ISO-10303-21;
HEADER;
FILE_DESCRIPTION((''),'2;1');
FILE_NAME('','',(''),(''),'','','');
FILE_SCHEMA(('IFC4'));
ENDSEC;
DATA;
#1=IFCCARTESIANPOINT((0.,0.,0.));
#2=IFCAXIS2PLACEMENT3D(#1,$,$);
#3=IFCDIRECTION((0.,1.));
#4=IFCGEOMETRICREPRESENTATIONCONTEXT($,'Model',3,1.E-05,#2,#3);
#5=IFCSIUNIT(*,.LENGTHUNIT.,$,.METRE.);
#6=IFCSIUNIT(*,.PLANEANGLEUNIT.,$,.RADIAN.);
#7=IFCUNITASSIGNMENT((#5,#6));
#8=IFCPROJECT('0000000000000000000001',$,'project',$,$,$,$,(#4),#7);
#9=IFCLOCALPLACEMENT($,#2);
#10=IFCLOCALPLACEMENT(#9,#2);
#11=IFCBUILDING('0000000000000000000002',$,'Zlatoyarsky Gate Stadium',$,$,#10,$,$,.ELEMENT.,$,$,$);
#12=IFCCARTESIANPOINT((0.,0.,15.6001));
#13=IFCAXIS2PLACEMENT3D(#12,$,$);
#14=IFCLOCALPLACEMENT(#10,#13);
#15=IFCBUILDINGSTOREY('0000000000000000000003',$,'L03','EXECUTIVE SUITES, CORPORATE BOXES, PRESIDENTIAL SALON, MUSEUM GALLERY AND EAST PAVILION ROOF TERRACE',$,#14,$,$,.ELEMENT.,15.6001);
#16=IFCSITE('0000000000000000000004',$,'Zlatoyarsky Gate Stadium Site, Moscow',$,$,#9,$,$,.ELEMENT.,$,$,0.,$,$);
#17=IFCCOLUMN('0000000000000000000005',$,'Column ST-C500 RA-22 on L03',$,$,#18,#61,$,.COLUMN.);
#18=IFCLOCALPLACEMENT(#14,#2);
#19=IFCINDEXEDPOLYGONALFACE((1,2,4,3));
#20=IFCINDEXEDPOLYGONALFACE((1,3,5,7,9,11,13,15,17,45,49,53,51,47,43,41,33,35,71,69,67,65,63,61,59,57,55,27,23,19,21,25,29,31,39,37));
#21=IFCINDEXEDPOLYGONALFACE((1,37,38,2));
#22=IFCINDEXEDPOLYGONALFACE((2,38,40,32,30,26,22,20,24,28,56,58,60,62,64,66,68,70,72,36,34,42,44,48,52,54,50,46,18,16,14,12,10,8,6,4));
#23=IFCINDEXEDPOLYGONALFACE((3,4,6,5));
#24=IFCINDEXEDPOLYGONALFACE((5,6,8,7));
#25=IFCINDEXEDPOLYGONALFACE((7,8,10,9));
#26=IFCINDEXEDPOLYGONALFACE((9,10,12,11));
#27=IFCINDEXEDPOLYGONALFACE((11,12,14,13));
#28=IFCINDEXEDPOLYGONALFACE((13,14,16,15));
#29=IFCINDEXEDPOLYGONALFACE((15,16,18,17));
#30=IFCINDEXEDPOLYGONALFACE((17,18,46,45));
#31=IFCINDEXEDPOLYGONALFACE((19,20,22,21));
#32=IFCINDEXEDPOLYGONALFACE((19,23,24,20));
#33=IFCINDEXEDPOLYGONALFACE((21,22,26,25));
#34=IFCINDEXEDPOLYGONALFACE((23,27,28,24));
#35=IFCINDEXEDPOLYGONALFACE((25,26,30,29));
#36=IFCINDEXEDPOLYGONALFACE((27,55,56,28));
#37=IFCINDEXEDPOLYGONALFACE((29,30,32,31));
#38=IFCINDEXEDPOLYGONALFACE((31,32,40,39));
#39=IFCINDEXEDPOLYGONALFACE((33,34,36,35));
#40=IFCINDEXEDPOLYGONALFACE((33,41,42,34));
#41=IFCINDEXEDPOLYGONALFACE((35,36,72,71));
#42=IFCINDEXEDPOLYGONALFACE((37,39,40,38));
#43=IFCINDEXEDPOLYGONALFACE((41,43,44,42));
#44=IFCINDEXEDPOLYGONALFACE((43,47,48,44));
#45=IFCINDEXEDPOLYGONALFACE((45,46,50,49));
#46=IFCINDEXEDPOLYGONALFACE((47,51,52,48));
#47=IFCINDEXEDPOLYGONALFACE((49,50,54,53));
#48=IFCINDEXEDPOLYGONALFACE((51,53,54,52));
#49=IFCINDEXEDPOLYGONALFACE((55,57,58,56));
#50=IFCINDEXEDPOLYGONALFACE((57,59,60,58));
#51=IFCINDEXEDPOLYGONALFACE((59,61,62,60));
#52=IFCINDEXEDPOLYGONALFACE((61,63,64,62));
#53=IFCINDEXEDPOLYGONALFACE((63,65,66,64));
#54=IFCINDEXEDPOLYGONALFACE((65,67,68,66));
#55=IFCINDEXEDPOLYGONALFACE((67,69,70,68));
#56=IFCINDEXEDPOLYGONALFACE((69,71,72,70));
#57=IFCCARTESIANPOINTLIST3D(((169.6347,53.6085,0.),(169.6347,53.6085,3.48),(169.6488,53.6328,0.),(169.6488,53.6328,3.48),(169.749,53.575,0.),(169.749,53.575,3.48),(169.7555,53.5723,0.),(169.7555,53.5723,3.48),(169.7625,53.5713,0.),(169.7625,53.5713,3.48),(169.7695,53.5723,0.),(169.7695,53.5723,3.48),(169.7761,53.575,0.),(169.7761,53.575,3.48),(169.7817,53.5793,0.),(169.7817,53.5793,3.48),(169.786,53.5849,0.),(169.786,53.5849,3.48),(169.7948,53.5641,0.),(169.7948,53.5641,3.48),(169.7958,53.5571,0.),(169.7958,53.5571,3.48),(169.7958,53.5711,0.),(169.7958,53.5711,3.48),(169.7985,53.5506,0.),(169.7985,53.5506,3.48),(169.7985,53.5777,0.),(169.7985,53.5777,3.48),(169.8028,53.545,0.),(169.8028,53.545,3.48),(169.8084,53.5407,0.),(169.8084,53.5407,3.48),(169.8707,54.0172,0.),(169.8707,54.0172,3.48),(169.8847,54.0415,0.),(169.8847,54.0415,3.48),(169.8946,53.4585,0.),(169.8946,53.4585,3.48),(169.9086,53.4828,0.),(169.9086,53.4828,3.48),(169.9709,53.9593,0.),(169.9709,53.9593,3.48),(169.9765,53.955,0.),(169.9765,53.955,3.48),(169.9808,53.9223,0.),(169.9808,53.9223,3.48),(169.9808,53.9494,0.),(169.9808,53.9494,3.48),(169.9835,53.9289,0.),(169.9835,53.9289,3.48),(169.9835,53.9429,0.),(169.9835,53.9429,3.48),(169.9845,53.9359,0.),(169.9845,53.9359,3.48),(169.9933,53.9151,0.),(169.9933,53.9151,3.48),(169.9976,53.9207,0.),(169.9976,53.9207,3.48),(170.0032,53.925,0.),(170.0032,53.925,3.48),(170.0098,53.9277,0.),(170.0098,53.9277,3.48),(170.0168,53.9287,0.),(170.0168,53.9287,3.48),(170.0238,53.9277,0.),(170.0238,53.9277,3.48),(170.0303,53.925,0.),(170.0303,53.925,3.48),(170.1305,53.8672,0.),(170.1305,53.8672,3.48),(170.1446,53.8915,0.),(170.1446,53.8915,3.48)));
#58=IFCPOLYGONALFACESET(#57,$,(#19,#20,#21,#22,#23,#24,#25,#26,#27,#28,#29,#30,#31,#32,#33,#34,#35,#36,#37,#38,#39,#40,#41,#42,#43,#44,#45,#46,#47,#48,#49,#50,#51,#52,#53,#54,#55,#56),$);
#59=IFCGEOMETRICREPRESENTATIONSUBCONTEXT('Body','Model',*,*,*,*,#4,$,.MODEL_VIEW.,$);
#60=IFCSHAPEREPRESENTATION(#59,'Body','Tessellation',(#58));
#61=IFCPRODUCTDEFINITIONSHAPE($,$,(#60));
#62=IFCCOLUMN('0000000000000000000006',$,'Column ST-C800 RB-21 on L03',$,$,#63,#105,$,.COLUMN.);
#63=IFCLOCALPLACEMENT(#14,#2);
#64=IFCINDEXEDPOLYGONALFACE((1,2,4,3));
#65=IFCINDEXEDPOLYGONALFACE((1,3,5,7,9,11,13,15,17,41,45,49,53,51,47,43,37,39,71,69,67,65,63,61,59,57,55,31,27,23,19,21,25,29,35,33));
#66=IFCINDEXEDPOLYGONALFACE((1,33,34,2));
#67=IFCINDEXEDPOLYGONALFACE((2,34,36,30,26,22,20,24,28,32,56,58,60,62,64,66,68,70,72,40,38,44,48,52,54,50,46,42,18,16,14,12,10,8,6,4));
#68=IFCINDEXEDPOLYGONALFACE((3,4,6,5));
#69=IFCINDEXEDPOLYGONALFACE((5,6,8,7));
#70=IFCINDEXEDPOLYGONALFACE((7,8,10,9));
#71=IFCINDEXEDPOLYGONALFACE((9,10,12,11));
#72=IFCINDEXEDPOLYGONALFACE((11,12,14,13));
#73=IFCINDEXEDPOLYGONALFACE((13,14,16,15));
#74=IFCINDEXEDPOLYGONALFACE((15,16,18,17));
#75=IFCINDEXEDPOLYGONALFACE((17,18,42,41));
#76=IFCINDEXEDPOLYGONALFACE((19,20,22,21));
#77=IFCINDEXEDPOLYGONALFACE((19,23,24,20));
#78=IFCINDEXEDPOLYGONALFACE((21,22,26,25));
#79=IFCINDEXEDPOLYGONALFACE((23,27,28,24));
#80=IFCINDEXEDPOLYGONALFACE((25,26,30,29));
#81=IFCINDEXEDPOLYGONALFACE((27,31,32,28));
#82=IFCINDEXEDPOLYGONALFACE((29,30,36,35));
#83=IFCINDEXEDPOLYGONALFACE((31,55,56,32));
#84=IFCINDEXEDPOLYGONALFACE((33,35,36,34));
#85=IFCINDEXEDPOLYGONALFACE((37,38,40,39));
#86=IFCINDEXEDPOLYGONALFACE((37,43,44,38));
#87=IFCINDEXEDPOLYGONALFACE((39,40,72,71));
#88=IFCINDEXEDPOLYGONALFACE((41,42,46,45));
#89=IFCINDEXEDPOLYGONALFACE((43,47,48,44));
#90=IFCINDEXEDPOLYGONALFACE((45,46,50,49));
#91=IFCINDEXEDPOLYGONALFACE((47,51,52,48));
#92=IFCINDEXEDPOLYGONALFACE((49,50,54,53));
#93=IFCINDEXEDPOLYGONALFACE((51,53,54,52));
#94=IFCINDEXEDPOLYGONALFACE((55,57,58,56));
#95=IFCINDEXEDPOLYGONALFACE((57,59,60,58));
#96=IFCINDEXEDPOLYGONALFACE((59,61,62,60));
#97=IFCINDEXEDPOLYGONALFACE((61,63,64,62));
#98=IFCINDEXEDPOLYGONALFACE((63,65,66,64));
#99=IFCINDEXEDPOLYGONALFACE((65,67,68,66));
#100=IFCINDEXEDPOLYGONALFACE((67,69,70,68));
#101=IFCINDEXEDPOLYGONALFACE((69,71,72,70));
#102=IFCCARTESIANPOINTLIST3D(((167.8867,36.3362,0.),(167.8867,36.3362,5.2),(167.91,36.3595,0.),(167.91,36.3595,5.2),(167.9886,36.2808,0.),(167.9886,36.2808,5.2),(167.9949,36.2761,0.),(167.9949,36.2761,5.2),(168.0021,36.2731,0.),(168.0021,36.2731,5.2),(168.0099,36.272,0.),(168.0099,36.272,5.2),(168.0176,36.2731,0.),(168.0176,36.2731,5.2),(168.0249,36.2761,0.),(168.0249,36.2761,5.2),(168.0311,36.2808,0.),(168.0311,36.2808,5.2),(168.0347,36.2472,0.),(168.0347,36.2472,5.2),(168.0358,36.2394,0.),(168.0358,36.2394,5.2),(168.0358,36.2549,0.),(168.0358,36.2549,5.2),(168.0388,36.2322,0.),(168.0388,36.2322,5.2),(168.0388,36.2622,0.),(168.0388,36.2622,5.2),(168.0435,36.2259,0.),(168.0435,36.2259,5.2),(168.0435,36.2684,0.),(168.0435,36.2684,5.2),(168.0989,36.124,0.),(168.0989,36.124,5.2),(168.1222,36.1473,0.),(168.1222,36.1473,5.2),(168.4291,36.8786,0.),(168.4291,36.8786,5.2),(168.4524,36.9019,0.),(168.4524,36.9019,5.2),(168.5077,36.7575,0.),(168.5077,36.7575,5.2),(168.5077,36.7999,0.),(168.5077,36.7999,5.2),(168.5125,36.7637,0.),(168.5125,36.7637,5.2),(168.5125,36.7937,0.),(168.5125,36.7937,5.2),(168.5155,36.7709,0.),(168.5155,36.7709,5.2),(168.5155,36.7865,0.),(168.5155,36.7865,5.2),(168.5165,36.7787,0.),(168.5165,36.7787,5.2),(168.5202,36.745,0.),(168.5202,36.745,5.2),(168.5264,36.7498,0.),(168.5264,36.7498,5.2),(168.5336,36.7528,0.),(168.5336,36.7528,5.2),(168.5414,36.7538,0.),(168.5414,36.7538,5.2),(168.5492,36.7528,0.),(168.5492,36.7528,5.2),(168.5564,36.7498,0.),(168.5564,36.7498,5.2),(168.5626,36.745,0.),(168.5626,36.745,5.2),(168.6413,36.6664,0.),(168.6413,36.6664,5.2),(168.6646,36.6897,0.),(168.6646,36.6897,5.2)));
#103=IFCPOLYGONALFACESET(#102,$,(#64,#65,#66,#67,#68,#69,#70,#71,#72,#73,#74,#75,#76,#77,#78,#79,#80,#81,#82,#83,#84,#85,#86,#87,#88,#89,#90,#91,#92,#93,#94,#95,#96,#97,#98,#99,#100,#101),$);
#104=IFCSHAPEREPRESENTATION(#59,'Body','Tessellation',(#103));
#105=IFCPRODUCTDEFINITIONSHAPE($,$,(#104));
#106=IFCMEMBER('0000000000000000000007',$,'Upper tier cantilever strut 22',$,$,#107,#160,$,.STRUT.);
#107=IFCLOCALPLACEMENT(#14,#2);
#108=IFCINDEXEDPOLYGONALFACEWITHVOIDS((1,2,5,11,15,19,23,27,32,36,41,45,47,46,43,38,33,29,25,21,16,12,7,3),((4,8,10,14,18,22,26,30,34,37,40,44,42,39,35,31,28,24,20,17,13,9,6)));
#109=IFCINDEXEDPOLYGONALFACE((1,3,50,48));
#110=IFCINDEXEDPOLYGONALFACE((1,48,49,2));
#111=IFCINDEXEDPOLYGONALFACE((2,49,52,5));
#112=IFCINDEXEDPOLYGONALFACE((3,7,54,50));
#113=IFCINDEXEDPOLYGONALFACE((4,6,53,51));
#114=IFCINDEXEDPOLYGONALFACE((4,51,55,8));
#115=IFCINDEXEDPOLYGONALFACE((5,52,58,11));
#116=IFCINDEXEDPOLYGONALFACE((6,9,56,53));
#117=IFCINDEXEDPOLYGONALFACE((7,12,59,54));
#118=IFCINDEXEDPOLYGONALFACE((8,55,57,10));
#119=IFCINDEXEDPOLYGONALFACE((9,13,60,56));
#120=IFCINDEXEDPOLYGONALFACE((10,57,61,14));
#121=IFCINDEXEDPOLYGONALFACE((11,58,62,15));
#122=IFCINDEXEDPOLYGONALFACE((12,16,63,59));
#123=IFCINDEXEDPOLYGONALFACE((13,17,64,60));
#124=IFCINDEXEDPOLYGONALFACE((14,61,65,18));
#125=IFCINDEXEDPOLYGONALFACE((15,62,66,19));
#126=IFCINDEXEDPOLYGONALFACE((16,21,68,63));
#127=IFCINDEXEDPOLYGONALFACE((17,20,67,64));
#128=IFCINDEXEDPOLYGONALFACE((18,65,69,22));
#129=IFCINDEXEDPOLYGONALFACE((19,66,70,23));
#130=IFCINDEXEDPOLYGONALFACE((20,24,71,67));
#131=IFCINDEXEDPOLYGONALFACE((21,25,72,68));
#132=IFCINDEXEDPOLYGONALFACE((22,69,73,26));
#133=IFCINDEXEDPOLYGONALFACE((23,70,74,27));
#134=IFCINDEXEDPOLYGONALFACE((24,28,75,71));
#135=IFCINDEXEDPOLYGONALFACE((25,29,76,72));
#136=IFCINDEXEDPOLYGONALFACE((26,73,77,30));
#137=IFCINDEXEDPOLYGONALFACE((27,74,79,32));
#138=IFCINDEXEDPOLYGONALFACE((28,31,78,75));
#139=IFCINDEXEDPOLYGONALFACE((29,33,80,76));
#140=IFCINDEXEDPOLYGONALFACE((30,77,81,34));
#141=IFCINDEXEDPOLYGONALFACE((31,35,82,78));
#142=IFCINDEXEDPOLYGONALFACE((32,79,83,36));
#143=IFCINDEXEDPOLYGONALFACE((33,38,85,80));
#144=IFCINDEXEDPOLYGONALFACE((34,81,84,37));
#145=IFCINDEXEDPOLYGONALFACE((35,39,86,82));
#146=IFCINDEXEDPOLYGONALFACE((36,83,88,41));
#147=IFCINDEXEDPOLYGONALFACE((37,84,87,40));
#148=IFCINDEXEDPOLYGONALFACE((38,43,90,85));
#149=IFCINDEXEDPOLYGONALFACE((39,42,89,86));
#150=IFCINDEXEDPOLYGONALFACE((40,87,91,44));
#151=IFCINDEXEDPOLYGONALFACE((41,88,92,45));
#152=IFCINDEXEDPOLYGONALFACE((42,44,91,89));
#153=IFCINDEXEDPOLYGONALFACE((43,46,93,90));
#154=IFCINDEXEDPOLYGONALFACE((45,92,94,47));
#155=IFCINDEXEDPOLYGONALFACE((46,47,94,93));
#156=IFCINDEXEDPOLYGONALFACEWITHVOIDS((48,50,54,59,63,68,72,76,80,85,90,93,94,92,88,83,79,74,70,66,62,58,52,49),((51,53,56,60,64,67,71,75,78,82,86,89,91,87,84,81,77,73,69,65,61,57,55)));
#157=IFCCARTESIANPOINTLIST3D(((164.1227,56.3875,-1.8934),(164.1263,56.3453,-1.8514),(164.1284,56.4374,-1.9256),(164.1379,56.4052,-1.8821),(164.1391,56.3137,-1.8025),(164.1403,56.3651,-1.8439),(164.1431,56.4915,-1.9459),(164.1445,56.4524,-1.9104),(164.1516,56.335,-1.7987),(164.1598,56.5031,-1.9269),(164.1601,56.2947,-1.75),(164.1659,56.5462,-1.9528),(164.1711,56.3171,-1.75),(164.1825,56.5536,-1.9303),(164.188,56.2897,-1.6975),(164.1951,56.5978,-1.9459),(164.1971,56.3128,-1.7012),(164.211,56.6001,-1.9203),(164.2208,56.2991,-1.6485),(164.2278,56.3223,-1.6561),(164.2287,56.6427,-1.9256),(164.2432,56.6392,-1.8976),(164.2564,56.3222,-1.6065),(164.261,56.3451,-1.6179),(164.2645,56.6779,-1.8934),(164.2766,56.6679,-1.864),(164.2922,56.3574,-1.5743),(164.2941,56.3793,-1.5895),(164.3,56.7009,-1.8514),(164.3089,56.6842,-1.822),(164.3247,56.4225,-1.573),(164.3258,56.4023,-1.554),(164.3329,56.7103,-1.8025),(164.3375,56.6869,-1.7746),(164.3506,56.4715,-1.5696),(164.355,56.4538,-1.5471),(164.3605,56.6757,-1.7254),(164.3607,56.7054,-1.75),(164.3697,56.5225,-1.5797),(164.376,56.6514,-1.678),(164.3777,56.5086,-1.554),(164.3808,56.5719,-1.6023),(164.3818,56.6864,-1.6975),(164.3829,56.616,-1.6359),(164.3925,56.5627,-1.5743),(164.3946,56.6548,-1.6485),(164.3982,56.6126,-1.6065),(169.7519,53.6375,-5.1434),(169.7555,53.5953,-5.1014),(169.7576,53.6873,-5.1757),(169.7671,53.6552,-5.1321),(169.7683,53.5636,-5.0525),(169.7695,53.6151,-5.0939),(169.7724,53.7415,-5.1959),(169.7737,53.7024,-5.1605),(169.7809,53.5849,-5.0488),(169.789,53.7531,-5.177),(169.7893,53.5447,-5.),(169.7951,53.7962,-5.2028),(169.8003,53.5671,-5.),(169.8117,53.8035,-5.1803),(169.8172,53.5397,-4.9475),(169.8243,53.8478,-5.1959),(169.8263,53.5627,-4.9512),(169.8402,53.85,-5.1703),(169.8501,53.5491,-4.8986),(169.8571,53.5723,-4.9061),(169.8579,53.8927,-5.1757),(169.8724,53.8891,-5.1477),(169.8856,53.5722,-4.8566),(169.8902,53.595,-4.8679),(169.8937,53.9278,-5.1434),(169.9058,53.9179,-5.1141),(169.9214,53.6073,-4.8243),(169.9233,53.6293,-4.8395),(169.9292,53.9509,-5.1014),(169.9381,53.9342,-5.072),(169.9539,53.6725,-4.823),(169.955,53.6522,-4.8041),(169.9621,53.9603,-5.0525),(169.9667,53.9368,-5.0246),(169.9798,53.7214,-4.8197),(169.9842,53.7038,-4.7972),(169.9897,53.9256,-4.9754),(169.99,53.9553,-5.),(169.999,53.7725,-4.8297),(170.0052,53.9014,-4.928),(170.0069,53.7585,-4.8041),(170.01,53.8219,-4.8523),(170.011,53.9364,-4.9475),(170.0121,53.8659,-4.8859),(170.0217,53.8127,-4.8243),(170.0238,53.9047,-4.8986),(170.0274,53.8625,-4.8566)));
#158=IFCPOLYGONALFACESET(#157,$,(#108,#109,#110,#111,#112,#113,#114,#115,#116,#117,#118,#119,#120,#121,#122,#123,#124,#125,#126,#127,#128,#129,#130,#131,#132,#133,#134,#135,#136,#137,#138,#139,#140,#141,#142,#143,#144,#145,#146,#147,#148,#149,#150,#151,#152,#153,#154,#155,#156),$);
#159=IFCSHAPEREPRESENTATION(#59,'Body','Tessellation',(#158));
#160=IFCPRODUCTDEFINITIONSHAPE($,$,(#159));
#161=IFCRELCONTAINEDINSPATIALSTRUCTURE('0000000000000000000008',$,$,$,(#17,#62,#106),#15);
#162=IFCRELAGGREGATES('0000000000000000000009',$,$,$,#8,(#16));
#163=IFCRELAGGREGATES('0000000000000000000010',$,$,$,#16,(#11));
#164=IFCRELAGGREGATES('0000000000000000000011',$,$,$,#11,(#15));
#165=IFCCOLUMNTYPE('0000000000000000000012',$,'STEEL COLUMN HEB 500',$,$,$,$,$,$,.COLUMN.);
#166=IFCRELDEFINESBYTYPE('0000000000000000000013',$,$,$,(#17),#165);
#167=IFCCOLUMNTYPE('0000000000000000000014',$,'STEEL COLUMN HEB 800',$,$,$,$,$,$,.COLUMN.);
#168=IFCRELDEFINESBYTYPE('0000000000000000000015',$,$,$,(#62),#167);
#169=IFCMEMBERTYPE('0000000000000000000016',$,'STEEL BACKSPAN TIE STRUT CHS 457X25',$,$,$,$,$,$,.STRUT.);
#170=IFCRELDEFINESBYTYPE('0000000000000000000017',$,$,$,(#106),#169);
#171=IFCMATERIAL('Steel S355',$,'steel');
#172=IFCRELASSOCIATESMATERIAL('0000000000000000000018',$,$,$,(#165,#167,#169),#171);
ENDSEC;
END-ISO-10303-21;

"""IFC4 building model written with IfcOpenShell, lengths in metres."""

from ifc_helpers import new_model, si_unit, direction, frame, origin, origin_2d, place, context, subcontext, project, spatial, hollow_circle, i_section, extrude, material, material_profile, profile_set, type_object, element, save


model = new_model("IFC4")

# Units and contexts
model_context = context("Model", 3, precision=1e-05, world=origin(), true_north=direction((0.0, 1.0)))
body_context = subcontext(model_context, "Body", "Model", "MODEL_VIEW")
ifc_project = project(units=[si_unit("LENGTHUNIT", "METRE"), si_unit("PLANEANGLEUNIT", "RADIAN")], contexts=[model_context])

# Site, building, storey
site_placement = place(None, origin())
site = spatial("IfcSite", under=ifc_project, at=site_placement, Name="Zlatoyarsky Gate Stadium Site, Moscow", CompositionType="ELEMENT", RefElevation=0.0)
building_placement = place(site_placement, origin())
building = spatial("IfcBuilding", under=site, at=building_placement, Name="Zlatoyarsky Gate Stadium", CompositionType="ELEMENT")
storey_placement = place(building_placement, frame((0.0, 0.0, 15.6001)))
storey = spatial("IfcBuildingStorey", under=building, at=storey_placement, Name="L03", Description="EXECUTIVE SUITES, CORPORATE BOXES, PRESIDENTIAL SALON, MUSEUM GALLERY AND EAST PAVILION ROOF TERRACE", CompositionType="ELEMENT", Elevation=15.6001)

# Columns
ifc_material_1 = material(Name="Steel S355", Category="steel")
ifc_material_profile_1 = material_profile(ifc_material_1, i_section(OverallWidth=0.3, OverallDepth=0.5, WebThickness=0.0144, FlangeThickness=0.0281, FilletRadius=0.0271, at=origin_2d()), Name="HEB 500")
ifc_profile_set_1 = profile_set([ifc_material_profile_1], Name="Steel S355")
column_type_1 = type_object("IfcColumnType", Name="STEEL COLUMN HEB 500", PredefinedType="COLUMN", material=ifc_profile_set_1)
column_1_placement = place(storey_placement, frame((169.8896, 53.75, 0.0), z_axis=(0.0, 0.0, 1.0), x_axis=(0.866025, -0.5, 0.0)))
element("IfcColumn", 1, at=column_1_placement, inside=storey, type_object=column_type_1, Name="Column ST-C500 RA-22 on L03", PredefinedType="COLUMN", context=body_context, shape_type="SweptSolid", body=[
    extrude(i_section(OverallWidth=0.3, OverallDepth=0.5, WebThickness=0.0144, FlangeThickness=0.0281, FilletRadius=0.0271, at=origin_2d()), origin(), (0.0, 0.0, 1.0), 3.48),
])
ifc_material_profile_2 = material_profile(ifc_material_1, i_section(OverallWidth=0.3, OverallDepth=0.8, WebThickness=0.0176, FlangeThickness=0.033, FilletRadius=0.03, at=origin_2d()), Name="HEB 800")
ifc_profile_set_2 = profile_set([ifc_material_profile_2], Name="Steel S355")
column_type_2 = type_object("IfcColumnType", Name="STEEL COLUMN HEB 800", PredefinedType="COLUMN", material=ifc_profile_set_2)
column_2_placement = place(storey_placement, frame((168.2756, 36.5129, 0.0), z_axis=(0.0, 0.0, 1.0), x_axis=(0.707107, -0.707107, 0.0)))
element("IfcColumn", 2, at=column_2_placement, inside=storey, type_object=column_type_2, Name="Column ST-C800 RB-21 on L03", PredefinedType="COLUMN", context=body_context, shape_type="SweptSolid", body=[
    extrude(i_section(OverallWidth=0.3, OverallDepth=0.8, WebThickness=0.0176, FlangeThickness=0.033, FilletRadius=0.03, at=origin_2d()), origin(), (0.0, 0.0, 1.0), 5.2),
])

# Member
ifc_material_profile_3 = material_profile(ifc_material_1, hollow_circle(Radius=0.2285, WallThickness=0.0249, at=origin_2d()), Name="CHS 457X25")
ifc_profile_set_3 = profile_set([ifc_material_profile_3], Name="Steel S355")
member_type = type_object("IfcMemberType", Name="STEEL BACKSPAN TIE STRUT CHS 457X25", PredefinedType="STRUT", material=ifc_profile_set_3)
member_placement = place(storey_placement, frame((169.8896, 53.75, -5.0), z_axis=(-0.79758, 0.389641, 0.460484), x_axis=(-0.438949, -0.898512, 0.0)))
element("IfcMember", 3, at=member_placement, inside=storey, type_object=member_type, Name="Upper tier cantilever strut 22", PredefinedType="STRUT", context=body_context, shape_type="SweptSolid", body=[
    extrude(hollow_circle(Radius=0.2285, WallThickness=0.0249, at=origin_2d()), origin(), (0.0, 0.0, 1.0), 7.0579),
])

save(model, "model.ifc")
